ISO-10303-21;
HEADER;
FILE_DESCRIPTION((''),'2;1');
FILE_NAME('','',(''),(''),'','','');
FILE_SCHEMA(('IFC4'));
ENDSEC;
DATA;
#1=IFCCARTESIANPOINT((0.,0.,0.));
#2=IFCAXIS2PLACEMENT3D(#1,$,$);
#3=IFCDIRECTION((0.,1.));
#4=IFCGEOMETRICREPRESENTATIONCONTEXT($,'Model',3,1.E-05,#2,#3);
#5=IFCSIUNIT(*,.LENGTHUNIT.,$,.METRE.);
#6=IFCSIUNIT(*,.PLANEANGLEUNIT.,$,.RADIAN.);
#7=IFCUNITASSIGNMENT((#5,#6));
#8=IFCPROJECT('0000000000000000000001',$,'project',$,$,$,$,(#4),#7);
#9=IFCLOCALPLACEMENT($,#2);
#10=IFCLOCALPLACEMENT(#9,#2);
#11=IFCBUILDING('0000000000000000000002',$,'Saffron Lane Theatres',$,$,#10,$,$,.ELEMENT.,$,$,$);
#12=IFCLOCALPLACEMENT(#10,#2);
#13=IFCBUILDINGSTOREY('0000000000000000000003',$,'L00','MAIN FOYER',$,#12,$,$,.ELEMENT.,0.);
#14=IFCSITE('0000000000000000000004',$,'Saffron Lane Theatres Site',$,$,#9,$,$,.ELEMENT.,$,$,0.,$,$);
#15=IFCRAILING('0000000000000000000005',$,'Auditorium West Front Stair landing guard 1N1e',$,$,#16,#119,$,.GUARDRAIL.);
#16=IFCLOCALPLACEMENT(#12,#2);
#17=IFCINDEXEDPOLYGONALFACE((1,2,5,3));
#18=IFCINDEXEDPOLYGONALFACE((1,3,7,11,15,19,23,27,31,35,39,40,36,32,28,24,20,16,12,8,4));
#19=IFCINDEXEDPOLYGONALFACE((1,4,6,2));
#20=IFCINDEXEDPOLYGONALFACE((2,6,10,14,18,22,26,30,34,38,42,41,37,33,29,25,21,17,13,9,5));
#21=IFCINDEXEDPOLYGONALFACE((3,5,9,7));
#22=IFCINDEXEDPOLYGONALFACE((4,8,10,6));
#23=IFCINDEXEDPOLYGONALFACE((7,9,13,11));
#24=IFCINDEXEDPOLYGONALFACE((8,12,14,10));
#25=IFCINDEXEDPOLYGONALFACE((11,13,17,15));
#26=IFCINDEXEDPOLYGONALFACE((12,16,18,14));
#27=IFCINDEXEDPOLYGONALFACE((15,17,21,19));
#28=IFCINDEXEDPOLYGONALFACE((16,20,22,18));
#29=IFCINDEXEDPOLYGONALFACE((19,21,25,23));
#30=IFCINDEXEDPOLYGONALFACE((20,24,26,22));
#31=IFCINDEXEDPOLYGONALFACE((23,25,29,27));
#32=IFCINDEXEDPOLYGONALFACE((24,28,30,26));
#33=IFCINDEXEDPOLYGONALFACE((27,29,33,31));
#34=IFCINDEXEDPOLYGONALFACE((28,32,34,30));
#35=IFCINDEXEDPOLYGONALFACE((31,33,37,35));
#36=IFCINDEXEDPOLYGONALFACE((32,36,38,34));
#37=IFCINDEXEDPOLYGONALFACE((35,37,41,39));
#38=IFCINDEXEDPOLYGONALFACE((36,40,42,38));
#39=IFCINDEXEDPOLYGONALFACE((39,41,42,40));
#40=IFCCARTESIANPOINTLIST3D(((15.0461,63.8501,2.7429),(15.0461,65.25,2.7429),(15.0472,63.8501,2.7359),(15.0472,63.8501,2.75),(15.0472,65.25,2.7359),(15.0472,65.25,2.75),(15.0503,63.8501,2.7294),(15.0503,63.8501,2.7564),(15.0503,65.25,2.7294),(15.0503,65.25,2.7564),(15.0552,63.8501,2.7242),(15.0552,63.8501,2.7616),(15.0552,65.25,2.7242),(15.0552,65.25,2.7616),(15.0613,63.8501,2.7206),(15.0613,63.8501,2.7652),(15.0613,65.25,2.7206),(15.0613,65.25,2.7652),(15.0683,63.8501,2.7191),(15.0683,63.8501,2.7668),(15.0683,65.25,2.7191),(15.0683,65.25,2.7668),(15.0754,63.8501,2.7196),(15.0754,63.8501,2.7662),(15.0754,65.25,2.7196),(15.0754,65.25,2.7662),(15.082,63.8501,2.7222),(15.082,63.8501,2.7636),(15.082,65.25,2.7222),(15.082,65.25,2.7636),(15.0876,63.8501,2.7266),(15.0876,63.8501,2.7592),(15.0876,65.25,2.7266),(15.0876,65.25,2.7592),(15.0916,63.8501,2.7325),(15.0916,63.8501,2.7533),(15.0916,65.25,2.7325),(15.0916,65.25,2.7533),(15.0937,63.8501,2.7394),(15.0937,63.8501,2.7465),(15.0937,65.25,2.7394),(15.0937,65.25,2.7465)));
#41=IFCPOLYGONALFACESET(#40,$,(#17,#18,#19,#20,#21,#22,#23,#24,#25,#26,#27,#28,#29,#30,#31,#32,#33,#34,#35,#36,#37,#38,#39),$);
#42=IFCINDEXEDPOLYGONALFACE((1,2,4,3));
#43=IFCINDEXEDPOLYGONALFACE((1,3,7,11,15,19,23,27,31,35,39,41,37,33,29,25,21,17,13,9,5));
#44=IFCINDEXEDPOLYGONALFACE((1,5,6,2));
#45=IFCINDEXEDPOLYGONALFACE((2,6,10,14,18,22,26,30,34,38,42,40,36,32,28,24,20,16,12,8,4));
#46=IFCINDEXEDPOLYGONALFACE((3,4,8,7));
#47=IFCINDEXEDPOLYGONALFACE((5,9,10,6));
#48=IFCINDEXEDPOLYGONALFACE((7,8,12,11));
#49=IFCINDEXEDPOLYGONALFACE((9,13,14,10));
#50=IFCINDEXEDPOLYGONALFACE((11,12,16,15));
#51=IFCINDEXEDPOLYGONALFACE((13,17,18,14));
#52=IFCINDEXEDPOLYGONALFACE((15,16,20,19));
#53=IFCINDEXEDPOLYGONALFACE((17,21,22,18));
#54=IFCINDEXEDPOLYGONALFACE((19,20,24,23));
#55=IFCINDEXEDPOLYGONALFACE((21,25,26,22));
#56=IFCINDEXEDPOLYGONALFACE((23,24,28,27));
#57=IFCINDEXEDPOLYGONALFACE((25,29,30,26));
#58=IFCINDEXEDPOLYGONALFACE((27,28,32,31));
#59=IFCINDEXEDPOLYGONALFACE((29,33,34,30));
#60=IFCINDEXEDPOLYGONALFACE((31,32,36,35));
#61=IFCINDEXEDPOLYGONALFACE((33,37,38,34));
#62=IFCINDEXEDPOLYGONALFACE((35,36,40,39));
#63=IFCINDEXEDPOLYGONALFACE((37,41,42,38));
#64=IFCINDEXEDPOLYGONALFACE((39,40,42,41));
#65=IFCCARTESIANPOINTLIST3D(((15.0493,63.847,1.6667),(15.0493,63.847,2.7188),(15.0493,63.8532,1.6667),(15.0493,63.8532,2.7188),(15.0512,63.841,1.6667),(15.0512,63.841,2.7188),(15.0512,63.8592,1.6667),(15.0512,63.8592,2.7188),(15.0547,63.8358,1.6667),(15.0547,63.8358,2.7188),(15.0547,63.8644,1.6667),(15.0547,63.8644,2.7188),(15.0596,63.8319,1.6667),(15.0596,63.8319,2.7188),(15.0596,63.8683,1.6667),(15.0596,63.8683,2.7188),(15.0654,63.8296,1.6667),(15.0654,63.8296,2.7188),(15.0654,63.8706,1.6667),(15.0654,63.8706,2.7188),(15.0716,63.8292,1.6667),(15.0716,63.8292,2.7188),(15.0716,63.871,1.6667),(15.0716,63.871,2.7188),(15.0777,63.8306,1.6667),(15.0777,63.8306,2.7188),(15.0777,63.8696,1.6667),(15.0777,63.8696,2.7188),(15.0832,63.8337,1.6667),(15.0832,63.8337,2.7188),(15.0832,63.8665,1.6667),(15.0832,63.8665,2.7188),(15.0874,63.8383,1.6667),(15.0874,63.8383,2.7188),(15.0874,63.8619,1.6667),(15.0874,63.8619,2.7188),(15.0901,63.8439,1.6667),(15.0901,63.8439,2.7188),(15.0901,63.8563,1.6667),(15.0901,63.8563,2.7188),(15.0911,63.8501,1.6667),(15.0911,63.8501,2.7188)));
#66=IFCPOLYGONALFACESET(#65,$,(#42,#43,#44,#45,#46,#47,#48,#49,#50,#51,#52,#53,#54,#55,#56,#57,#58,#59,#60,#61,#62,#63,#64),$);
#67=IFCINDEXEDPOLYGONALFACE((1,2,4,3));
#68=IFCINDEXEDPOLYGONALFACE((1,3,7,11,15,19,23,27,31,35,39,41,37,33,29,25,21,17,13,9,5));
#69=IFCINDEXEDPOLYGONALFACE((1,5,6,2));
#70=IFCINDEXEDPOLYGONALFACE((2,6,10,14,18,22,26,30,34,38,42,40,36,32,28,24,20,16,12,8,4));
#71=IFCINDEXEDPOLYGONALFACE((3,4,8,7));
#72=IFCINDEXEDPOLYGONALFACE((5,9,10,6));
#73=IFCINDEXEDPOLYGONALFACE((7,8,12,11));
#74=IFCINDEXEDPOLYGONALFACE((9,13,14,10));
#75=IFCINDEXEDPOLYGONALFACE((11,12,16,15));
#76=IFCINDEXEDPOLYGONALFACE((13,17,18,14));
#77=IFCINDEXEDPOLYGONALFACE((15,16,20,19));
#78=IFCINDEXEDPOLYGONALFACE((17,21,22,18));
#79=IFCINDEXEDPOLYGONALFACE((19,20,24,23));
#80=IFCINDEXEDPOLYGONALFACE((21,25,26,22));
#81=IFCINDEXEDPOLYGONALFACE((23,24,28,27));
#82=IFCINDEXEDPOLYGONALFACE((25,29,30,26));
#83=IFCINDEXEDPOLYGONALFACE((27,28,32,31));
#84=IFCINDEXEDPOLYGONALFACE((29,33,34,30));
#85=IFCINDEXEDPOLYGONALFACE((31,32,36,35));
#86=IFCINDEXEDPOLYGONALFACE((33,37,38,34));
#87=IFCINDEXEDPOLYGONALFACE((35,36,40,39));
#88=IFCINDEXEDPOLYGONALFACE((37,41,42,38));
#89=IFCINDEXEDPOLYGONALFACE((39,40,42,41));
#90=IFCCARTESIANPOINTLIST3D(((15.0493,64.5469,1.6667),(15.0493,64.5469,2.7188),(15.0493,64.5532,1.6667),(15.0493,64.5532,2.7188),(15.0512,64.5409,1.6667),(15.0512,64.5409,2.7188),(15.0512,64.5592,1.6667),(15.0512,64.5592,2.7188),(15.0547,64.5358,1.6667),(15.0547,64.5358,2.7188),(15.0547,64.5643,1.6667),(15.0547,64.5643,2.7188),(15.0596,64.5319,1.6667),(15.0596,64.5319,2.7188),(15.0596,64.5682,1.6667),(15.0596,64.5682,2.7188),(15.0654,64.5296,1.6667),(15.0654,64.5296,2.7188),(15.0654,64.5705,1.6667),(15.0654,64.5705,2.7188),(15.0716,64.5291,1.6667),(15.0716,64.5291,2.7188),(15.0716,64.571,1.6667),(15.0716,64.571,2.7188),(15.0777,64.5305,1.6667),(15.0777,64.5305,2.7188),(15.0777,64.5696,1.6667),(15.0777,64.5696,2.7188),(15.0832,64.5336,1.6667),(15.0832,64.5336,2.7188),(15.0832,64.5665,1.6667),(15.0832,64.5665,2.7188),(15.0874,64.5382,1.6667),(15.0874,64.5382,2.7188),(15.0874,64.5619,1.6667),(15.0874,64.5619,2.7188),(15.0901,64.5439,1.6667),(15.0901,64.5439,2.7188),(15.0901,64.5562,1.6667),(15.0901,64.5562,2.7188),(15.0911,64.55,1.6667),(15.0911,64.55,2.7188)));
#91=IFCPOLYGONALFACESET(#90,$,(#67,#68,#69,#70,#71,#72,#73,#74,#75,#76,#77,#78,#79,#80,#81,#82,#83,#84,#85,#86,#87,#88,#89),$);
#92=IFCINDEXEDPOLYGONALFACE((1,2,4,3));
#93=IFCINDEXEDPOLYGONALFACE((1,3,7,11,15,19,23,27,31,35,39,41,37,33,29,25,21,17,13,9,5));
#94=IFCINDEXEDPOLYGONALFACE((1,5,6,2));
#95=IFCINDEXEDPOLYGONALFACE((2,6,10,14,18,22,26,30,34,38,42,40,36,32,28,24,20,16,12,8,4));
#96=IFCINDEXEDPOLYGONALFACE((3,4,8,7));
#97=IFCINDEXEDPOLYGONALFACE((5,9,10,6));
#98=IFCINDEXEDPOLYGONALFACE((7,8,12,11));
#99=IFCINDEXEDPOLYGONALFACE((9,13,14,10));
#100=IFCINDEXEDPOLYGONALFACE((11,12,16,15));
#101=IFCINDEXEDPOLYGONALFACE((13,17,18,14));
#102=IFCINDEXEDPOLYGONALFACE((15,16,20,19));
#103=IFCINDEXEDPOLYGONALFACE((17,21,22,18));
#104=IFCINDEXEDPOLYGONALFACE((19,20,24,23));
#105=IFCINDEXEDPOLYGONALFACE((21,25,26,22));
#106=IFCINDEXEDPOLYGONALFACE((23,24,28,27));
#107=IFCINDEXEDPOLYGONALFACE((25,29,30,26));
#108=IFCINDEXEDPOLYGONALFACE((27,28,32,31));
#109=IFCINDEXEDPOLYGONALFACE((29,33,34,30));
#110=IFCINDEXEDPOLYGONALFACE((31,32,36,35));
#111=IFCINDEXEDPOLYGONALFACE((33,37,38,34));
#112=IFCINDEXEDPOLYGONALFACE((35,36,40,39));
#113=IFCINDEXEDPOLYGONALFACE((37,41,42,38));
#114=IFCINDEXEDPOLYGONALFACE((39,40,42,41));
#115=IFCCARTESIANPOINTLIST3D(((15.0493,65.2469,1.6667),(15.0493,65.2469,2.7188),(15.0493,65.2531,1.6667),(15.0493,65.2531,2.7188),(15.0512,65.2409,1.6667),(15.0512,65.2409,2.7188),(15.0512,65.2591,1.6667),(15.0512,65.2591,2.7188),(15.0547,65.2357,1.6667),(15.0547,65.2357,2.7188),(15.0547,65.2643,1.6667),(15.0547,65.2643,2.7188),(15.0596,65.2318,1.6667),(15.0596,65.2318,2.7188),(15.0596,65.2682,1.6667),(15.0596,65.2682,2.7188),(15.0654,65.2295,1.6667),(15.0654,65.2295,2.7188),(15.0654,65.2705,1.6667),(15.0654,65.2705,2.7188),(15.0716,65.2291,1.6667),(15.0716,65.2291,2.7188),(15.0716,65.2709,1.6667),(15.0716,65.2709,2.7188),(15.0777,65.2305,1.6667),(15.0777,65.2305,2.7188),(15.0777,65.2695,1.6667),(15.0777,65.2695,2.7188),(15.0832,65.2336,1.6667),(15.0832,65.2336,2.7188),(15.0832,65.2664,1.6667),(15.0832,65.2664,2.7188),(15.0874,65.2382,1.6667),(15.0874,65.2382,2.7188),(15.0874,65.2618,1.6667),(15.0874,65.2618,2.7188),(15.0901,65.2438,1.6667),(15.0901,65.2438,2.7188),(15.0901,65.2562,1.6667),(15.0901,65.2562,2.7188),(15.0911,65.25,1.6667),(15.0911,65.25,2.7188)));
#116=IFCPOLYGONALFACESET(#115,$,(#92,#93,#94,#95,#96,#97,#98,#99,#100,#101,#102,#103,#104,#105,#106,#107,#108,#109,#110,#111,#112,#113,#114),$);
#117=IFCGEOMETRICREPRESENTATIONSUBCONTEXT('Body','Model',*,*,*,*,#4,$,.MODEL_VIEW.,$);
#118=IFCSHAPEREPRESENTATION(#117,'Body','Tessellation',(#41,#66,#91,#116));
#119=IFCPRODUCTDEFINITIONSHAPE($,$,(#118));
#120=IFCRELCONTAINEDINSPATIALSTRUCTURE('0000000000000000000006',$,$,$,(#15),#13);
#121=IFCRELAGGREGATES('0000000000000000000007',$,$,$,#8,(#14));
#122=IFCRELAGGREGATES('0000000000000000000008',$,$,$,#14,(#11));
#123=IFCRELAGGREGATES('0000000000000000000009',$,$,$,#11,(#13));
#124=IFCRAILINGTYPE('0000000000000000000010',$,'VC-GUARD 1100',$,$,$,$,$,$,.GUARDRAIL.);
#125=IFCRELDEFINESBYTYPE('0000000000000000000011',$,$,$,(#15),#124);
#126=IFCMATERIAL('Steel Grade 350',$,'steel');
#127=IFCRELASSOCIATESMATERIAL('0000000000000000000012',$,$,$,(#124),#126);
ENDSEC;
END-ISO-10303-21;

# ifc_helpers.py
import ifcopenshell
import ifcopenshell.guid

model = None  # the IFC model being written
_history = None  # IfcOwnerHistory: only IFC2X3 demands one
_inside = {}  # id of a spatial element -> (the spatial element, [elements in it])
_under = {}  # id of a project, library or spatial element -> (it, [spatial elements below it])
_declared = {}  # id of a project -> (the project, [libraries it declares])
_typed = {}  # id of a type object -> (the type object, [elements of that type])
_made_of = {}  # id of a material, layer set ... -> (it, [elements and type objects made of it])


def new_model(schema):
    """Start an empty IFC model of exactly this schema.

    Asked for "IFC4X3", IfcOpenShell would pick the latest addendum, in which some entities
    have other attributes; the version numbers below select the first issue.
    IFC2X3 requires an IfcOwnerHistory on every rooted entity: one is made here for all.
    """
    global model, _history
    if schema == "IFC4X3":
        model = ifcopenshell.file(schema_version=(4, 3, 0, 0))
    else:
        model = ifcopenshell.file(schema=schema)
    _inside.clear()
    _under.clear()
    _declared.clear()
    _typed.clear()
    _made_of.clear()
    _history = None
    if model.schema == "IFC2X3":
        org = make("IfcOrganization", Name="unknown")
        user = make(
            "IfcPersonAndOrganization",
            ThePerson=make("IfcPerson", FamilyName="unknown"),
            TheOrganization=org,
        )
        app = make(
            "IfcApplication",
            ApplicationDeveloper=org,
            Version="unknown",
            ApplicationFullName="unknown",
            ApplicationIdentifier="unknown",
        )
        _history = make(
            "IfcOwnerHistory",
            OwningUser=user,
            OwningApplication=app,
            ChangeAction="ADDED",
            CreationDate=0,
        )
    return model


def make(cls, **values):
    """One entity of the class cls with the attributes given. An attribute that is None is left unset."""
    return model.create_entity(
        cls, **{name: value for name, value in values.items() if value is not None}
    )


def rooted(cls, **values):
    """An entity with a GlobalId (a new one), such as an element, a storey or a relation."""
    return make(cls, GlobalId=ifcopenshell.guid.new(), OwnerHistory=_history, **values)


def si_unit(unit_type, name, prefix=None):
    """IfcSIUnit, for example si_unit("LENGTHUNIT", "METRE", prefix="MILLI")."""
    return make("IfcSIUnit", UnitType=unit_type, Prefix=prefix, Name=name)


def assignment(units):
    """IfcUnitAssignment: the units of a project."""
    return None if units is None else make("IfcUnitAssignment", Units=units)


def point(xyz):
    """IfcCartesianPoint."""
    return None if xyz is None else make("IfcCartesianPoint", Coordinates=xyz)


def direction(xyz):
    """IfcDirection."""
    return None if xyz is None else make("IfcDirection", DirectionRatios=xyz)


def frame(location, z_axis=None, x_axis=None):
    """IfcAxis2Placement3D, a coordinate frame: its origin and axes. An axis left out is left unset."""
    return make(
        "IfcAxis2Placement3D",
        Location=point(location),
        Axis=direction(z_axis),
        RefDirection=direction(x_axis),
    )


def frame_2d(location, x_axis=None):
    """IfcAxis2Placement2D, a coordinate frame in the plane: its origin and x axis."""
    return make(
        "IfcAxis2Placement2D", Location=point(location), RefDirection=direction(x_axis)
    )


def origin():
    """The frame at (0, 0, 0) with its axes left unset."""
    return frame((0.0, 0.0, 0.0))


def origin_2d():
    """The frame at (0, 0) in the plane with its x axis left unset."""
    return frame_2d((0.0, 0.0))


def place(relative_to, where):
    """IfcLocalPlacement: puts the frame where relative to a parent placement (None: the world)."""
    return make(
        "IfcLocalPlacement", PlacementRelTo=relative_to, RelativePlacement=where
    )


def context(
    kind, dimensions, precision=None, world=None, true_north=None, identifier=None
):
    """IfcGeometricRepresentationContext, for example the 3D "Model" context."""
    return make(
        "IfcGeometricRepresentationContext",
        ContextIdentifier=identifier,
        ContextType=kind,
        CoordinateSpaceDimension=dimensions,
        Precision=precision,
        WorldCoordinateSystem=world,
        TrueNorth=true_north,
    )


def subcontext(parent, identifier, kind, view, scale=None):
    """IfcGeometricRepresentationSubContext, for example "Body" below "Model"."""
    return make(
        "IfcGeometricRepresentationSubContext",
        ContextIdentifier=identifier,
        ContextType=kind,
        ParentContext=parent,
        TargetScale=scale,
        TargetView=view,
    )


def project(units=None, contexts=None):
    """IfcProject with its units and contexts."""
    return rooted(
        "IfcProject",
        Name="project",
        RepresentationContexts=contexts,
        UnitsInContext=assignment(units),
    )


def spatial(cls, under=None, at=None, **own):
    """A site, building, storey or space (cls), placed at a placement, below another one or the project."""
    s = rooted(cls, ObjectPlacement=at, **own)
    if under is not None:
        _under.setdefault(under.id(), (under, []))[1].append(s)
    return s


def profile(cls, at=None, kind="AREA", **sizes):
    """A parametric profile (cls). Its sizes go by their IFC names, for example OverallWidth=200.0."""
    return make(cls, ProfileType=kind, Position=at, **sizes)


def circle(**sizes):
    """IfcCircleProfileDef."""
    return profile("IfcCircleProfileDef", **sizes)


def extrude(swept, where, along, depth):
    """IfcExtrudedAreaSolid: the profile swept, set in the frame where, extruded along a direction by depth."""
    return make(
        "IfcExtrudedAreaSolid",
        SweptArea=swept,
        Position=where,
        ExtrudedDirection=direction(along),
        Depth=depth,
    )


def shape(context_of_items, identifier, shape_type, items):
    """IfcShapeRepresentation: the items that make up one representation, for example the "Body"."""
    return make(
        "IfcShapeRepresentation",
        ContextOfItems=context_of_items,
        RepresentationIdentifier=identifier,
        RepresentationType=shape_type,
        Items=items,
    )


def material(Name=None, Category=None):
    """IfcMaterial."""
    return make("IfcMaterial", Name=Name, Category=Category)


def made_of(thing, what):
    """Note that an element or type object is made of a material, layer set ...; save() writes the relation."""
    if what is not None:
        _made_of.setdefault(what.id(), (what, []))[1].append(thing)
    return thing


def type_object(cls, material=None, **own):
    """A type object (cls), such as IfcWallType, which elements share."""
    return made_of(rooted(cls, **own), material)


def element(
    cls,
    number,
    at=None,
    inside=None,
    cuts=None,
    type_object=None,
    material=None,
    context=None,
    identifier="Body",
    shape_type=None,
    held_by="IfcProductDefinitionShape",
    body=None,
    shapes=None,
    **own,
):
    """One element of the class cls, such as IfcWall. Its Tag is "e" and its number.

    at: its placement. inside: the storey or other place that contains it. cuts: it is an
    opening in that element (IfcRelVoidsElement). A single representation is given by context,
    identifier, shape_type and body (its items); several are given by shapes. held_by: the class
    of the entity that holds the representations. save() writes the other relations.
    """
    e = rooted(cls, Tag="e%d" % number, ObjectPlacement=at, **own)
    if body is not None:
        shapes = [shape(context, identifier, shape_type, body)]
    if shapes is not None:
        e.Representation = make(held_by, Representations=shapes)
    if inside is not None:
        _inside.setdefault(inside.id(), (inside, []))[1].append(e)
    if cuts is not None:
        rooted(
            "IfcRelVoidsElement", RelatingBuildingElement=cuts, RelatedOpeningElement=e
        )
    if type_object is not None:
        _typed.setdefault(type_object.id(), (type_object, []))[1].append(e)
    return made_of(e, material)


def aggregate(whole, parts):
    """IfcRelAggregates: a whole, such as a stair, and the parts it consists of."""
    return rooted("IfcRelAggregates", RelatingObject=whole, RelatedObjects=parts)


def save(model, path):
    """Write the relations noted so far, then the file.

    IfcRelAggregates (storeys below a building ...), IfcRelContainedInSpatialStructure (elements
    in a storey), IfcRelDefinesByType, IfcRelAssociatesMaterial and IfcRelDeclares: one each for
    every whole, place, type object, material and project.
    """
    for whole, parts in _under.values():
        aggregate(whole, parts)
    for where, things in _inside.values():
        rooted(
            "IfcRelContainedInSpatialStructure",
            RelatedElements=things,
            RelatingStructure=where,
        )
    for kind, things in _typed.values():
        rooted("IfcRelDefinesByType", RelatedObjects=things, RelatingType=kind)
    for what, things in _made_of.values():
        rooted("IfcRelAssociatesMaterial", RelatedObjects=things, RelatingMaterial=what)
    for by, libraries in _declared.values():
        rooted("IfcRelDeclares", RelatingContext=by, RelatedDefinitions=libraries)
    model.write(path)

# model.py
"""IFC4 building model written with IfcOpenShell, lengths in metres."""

from ifc_helpers import new_model, si_unit, direction, frame, origin, origin_2d, place, context, subcontext, project, spatial, circle, extrude, material, type_object, element, save


model = new_model("IFC4")

# Units and contexts
model_context = context("Model", 3, precision=1e-05, world=origin(), true_north=direction((0.0, 1.0)))
body_context = subcontext(model_context, "Body", "Model", "MODEL_VIEW")
ifc_project = project(units=[si_unit("LENGTHUNIT", "METRE"), si_unit("PLANEANGLEUNIT", "RADIAN")], contexts=[model_context])

# Site, building, storey
site_placement = place(None, origin())
site = spatial("IfcSite", under=ifc_project, at=site_placement, Name="Saffron Lane Theatres Site", CompositionType="ELEMENT", RefElevation=0.0)
building_placement = place(site_placement, origin())
building = spatial("IfcBuilding", under=site, at=building_placement, Name="Saffron Lane Theatres", CompositionType="ELEMENT")
storey_placement = place(building_placement, origin())
storey = spatial("IfcBuildingStorey", under=building, at=storey_placement, Name="L00", Description="MAIN FOYER", CompositionType="ELEMENT", Elevation=0.0)

# Railing
ifc_material_1 = material(Name="Steel Grade 350", Category="steel")
railing_type_1 = type_object("IfcRailingType", Name="VC-GUARD 1100", PredefinedType="GUARDRAIL", material=ifc_material_1)
railing_1_placement = place(storey_placement, frame((15.0701, 63.8501, 1.6667)))
element("IfcRailing", 1, at=railing_1_placement, inside=storey, type_object=railing_type_1, Name="Auditorium West Front Stair landing guard 1N1e", PredefinedType="GUARDRAIL", context=body_context, shape_type="SweptSolid", body=[
    extrude(circle(Radius=0.0239, at=origin_2d()), frame((0.0, 0.0, 1.0762), z_axis=(0.0, 1.0, 0.0), x_axis=(-1.0, 0.0, 0.0)), (0.0, 0.0, 1.0), 1.3999),
    extrude(circle(Radius=0.021, at=origin_2d()), origin(), (0.0, 0.0, 1.0), 1.052),
    extrude(circle(Radius=0.021, at=origin_2d()), frame((0.0, 0.7, 0.0)), (0.0, 0.0, 1.0), 1.052),
    extrude(circle(Radius=0.021, at=origin_2d()), frame((0.0, 1.3999, 0.0)), (0.0, 0.0, 1.0), 1.052),
])

save(model, "model.ifc")
